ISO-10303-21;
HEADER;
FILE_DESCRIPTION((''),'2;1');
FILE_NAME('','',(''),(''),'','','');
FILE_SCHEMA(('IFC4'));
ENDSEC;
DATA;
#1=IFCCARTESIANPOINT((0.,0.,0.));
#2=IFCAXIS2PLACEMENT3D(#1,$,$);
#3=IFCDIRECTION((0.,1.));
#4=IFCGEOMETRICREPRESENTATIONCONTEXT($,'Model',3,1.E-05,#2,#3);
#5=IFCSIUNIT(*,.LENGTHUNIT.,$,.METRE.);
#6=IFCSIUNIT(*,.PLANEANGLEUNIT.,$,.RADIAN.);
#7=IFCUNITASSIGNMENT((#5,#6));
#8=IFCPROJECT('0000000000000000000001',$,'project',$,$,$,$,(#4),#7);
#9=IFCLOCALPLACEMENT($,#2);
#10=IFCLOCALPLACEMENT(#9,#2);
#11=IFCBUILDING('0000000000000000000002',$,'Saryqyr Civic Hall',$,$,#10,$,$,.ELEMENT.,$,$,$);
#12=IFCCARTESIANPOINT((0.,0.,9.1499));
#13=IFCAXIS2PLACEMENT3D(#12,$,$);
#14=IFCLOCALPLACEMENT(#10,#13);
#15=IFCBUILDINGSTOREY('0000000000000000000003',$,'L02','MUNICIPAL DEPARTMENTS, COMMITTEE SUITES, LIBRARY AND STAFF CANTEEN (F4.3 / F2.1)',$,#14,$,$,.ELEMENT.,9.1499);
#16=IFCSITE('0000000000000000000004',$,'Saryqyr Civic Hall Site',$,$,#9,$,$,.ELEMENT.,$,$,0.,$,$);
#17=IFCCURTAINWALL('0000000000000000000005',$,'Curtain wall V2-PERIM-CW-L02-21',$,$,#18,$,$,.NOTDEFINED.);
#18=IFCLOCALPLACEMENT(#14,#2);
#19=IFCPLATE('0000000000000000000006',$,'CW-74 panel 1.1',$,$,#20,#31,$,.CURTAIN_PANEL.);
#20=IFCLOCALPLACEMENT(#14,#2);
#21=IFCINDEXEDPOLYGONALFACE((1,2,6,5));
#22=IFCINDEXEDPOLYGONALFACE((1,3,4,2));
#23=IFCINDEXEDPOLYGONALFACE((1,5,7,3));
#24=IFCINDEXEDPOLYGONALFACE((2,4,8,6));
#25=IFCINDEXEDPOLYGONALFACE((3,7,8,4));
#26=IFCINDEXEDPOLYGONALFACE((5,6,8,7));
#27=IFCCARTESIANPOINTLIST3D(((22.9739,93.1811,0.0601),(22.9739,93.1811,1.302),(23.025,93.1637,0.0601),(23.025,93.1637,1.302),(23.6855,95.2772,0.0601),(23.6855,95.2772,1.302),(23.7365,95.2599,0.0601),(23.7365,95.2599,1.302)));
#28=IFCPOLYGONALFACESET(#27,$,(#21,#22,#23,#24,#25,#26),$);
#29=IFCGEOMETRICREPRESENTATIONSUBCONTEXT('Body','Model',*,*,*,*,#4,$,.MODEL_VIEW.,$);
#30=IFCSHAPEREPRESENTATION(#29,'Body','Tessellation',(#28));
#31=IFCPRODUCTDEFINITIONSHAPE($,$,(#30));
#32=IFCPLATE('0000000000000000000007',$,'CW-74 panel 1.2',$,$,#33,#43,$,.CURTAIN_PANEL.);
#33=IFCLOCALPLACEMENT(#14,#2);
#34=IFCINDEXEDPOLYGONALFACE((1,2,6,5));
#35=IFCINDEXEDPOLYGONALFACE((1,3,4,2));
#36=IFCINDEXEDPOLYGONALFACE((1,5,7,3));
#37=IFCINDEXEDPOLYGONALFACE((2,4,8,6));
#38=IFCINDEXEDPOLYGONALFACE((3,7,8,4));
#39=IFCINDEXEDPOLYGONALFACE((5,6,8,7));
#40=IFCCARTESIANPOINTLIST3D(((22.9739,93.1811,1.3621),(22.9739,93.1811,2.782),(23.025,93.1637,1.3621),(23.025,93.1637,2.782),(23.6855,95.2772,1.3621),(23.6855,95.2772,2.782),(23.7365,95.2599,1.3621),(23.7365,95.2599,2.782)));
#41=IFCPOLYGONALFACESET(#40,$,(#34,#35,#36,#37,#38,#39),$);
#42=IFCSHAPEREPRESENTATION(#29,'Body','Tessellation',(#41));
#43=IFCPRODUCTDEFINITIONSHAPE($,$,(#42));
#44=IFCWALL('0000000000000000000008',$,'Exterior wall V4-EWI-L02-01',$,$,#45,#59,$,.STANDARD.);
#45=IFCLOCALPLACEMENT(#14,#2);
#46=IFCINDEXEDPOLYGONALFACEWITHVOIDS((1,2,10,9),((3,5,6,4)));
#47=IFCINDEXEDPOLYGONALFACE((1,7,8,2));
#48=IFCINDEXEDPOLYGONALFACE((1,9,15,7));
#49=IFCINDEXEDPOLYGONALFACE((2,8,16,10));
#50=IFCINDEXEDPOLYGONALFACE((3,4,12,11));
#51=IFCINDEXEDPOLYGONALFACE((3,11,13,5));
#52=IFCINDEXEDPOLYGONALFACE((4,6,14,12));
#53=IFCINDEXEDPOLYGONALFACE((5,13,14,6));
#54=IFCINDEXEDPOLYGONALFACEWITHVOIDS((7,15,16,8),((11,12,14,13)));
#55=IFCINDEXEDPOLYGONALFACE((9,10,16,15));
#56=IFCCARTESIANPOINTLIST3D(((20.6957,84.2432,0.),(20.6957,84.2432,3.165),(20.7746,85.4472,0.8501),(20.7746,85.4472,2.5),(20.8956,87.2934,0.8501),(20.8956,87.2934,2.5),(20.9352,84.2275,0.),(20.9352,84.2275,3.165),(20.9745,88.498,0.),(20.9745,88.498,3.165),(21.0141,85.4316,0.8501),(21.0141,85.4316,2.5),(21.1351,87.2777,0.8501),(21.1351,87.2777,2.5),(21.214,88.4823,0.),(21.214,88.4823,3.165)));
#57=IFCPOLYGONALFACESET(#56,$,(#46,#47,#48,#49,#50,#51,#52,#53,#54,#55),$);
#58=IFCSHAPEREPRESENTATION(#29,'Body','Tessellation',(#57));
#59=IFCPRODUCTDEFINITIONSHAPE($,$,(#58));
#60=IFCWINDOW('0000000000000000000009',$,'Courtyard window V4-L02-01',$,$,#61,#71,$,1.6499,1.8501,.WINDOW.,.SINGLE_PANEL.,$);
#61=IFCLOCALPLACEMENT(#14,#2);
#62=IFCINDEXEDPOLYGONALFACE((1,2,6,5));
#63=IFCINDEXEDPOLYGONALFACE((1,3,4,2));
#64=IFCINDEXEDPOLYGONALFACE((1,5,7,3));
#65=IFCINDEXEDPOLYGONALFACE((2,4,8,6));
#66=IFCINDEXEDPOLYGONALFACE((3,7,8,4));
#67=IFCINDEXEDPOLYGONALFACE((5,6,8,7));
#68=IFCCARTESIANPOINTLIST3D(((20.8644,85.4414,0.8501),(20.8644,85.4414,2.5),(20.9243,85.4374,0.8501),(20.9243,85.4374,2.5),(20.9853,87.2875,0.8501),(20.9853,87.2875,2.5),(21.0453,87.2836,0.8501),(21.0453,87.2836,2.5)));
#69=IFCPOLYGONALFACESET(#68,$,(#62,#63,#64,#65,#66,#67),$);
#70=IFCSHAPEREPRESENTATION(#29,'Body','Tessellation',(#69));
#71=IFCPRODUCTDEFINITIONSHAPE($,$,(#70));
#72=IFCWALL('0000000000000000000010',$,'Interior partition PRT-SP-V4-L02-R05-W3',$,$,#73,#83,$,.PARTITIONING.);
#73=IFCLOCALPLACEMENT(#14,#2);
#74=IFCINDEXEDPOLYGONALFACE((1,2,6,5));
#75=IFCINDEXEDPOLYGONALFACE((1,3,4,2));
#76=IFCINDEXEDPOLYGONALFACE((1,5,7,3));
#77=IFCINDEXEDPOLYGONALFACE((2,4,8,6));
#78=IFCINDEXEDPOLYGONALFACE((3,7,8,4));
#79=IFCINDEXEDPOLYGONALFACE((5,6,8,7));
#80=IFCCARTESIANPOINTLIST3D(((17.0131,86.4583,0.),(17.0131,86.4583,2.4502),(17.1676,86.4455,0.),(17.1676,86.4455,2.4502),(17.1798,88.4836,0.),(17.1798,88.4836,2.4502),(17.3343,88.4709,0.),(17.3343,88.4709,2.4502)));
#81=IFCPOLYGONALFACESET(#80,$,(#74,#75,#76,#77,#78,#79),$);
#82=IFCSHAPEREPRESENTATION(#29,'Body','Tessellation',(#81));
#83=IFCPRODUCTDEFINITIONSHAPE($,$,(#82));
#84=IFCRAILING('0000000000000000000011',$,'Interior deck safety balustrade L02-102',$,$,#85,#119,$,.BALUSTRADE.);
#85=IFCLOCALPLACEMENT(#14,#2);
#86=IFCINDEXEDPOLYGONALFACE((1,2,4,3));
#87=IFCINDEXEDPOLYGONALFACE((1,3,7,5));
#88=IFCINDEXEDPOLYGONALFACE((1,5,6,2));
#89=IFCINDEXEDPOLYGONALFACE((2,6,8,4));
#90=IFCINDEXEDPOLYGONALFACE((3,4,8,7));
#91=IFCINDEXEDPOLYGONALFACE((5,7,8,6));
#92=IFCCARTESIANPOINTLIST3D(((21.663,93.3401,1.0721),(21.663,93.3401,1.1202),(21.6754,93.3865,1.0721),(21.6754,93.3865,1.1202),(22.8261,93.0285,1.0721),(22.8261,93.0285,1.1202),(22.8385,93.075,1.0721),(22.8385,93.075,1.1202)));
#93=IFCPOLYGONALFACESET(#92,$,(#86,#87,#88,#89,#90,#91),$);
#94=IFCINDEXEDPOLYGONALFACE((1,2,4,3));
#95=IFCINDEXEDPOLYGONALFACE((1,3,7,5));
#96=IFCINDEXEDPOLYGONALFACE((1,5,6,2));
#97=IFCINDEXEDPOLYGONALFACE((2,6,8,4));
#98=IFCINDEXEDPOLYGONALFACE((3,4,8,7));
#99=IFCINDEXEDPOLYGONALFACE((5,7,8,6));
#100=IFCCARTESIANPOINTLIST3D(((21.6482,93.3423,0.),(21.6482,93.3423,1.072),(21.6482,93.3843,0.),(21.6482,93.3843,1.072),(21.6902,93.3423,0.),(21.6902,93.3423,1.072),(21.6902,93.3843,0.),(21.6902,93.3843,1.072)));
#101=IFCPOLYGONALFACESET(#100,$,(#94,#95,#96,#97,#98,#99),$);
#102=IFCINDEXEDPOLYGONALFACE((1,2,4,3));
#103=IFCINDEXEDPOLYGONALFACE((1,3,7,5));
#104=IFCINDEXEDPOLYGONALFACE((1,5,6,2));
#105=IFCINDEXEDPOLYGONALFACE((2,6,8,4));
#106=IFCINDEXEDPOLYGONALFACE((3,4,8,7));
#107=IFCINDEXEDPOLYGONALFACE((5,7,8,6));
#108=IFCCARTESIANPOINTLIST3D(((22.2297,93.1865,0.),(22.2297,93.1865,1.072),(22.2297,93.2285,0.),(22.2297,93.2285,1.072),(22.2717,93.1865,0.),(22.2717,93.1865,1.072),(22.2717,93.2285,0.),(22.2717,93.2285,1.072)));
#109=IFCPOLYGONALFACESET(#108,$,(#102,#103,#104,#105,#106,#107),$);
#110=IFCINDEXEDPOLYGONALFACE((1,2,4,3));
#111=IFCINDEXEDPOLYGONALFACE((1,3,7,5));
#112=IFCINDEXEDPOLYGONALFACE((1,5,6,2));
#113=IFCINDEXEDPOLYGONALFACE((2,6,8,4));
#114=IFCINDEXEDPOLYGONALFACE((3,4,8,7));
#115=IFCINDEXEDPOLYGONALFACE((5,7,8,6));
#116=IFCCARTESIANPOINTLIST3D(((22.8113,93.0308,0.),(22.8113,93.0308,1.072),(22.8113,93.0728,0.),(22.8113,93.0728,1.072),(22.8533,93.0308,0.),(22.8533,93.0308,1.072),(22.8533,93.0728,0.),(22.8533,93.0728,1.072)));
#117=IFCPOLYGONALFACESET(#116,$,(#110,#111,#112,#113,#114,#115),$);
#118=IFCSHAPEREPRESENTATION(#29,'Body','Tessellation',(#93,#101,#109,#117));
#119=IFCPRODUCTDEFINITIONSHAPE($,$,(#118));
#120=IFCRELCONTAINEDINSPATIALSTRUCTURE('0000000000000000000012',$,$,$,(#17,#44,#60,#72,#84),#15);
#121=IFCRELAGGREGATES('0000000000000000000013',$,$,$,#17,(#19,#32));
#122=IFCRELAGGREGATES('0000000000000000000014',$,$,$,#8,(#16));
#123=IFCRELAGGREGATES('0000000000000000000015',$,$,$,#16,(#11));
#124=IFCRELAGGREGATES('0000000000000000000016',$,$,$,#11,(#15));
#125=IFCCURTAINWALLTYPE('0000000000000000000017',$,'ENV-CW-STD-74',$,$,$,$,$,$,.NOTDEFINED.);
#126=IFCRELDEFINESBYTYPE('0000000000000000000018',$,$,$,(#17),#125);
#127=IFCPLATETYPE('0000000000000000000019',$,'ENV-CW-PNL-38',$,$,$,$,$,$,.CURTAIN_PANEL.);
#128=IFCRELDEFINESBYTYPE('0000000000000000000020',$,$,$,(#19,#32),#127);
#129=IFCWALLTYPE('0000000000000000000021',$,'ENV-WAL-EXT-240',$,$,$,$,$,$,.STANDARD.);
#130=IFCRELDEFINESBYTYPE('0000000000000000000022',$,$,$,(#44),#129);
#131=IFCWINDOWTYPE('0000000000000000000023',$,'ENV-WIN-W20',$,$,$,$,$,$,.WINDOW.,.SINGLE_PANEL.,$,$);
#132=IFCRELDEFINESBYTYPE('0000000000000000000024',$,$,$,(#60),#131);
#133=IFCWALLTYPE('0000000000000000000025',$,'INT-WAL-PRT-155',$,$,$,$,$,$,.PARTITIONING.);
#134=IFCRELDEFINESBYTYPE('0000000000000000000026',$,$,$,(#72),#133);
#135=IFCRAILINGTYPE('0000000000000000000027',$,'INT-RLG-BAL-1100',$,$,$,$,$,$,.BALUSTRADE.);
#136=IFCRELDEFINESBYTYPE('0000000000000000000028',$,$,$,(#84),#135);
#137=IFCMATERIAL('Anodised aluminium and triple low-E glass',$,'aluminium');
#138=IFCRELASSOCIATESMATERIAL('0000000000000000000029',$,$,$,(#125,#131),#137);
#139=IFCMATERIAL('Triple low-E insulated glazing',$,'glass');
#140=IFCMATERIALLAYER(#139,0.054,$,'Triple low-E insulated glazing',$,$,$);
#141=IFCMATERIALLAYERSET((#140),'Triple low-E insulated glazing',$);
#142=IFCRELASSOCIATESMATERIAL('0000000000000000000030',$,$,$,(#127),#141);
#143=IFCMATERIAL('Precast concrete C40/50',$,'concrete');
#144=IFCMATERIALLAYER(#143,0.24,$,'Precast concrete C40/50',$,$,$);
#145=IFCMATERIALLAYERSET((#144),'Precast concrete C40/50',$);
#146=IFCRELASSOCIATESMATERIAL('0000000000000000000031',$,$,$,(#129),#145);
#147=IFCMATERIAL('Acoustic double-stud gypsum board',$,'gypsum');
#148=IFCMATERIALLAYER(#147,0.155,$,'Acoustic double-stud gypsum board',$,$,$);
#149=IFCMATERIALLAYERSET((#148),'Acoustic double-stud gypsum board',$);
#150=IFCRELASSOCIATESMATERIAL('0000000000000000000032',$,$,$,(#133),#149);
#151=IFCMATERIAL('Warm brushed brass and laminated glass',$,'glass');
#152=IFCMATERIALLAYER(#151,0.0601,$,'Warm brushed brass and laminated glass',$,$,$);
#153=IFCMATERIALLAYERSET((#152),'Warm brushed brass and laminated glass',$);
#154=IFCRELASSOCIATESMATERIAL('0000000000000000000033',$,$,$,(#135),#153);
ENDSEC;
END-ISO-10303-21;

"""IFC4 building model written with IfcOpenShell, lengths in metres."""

from ifc_helpers import new_model, si_unit, direction, frame, frame_2d, origin, origin_2d, place, context, subcontext, project, spatial, rectangle, extrude, material, layer, layer_set, type_object, element, fill, aggregate, save


model = new_model("IFC4")

# Units and contexts
model_context = context("Model", 3, precision=1e-05, world=origin(), true_north=direction((0.0, 1.0)))
body_context = subcontext(model_context, "Body", "Model", "MODEL_VIEW")
ifc_project = project(units=[si_unit("LENGTHUNIT", "METRE"), si_unit("PLANEANGLEUNIT", "RADIAN")], contexts=[model_context])

# Site, building, storey
site_placement = place(None, origin())
site = spatial("IfcSite", under=ifc_project, at=site_placement, Name="Saryqyr Civic Hall Site", CompositionType="ELEMENT", RefElevation=0.0)
building_placement = place(site_placement, origin())
building = spatial("IfcBuilding", under=site, at=building_placement, Name="Saryqyr Civic Hall", CompositionType="ELEMENT")
storey_placement = place(building_placement, frame((0.0, 0.0, 9.1499)))
storey = spatial("IfcBuildingStorey", under=building, at=storey_placement, Name="L02", Description="MUNICIPAL DEPARTMENTS, COMMITTEE SUITES, LIBRARY AND STAFF CANTEEN (F4.3 / F2.1)", CompositionType="ELEMENT", Elevation=9.1499)

# Shared definitions
ifc_material_1 = material(Name="Anodised aluminium and triple low-E glass", Category="aluminium")

# Curtain wall
curtain_wall_type_1 = type_object("IfcCurtainWallType", Name="ENV-CW-STD-74", PredefinedType="NOTDEFINED", material=ifc_material_1)
curtain_wall_1_placement = place(storey_placement, origin())
curtain_wall_1 = element("IfcCurtainWall", 1, at=curtain_wall_1_placement, inside=storey, type_object=curtain_wall_type_1, Name="Curtain wall V2-PERIM-CW-L02-21", PredefinedType="NOTDEFINED")

# Plates
ifc_material_2 = material(Name="Triple low-E insulated glazing", Category="glass")
ifc_layer_1 = layer(ifc_material_2, 0.054, Name="Triple low-E insulated glazing")
ifc_layer_set_1 = layer_set([ifc_layer_1], Name="Triple low-E insulated glazing")
plate_type = type_object("IfcPlateType", Name="ENV-CW-PNL-38", PredefinedType="CURTAIN_PANEL", material=ifc_layer_set_1)
plate_1_placement = place(storey_placement, frame((23.3552, 94.2205, 0.0601), z_axis=(0.0, 0.0, 1.0), x_axis=(0.321445, 0.946928, 0.0)))
plate_1 = element("IfcPlate", 2, at=plate_1_placement, type_object=plate_type, Name="CW-74 panel 1.1", PredefinedType="CURTAIN_PANEL", context=body_context, shape_type="SweptSolid", body=[
    extrude(rectangle(XDim=2.2136, YDim=0.054, at=origin_2d()), origin(), (0.0, 0.0, 1.0), 1.2419),
])
plate_2_placement = place(storey_placement, frame((23.3552, 94.2205, 1.3621), z_axis=(0.0, 0.0, 1.0), x_axis=(0.321445, 0.946928, 0.0)))
plate_2 = element("IfcPlate", 3, at=plate_2_placement, type_object=plate_type, Name="CW-74 panel 1.2", PredefinedType="CURTAIN_PANEL", context=body_context, shape_type="SweptSolid", body=[
    extrude(rectangle(XDim=2.2136, YDim=0.054, at=origin_2d()), origin(), (0.0, 0.0, 1.0), 1.4199),
])
aggregate(curtain_wall_1, [plate_1, plate_2])

# Wall, opening, window
ifc_material_3 = material(Name="Precast concrete C40/50", Category="concrete")
ifc_layer_2 = layer(ifc_material_3, 0.24, Name="Precast concrete C40/50")
ifc_layer_set_2 = layer_set([ifc_layer_2], Name="Precast concrete C40/50")
wall_type_1 = type_object("IfcWallType", Name="ENV-WAL-EXT-240", PredefinedType="STANDARD", material=ifc_layer_set_2)
wall_1_placement = place(storey_placement, frame((21.0942, 88.49, 0.0), z_axis=(0.0, 0.0, 1.0), x_axis=(-0.065387, -0.99786, 0.0)))
wall_1 = element("IfcWall", 4, at=wall_1_placement, inside=storey, type_object=wall_type_1, Name="Exterior wall V4-EWI-L02-01", PredefinedType="STANDARD", context=body_context, shape_type="SweptSolid", body=[
    extrude(rectangle(XDim=4.2639, YDim=0.24, at=frame_2d((2.1318, 0.0))), origin(), (0.0, 0.0, 1.0), 3.165),
])
opening_placement = place(wall_1_placement, frame((1.207, 0.0, 0.8501)))
opening = element("IfcOpeningElement", 5, at=opening_placement, cuts=wall_1, PredefinedType="OPENING", context=body_context, shape_type="SweptSolid", body=[
    extrude(rectangle(XDim=1.8501, YDim=1.6499, at=frame_2d((0.925, 0.825))), frame((0.0, 0.1299, 0.0), z_axis=(0.0, -1.0, 0.0), x_axis=(1.0, 0.0, 0.0)), (0.0, 0.0, 1.0), 0.26),
])
window_type = type_object("IfcWindowType", Name="ENV-WIN-W20", PartitioningType="SINGLE_PANEL", PredefinedType="WINDOW", material=ifc_material_1)
window_placement = place(opening_placement, origin())
window = element("IfcWindow", 6, at=window_placement, inside=storey, type_object=window_type, Name="Courtyard window V4-L02-01", OverallHeight=1.6499, OverallWidth=1.8501, PartitioningType="SINGLE_PANEL", PredefinedType="WINDOW", context=body_context, shape_type="SweptSolid", body=[
    extrude(rectangle(XDim=1.8501, YDim=1.6499, at=frame_2d((0.925, 0.825))), frame((0.0, 0.03, 0.0), z_axis=(0.0, -1.0, 0.0), x_axis=(1.0, 0.0, 0.0)), (0.0, 0.0, 1.0), 0.0601),
])
fill(opening, window)

# Wall
ifc_material_4 = material(Name="Acoustic double-stud gypsum board", Category="gypsum")
ifc_layer_3 = layer(ifc_material_4, 0.155, Name="Acoustic double-stud gypsum board")
ifc_layer_set_3 = layer_set([ifc_layer_3], Name="Acoustic double-stud gypsum board")
wall_type_2 = type_object("IfcWallType", Name="INT-WAL-PRT-155", PredefinedType="PARTITIONING", material=ifc_layer_set_3)
wall_2_placement = place(storey_placement, frame((17.0903, 86.4519, 0.0), z_axis=(0.0, 0.0, 1.0), x_axis=(0.082051, 0.996628, 0.0)))
element("IfcWall", 7, at=wall_2_placement, inside=storey, type_object=wall_type_2, Name="Interior partition PRT-SP-V4-L02-R05-W3", PredefinedType="PARTITIONING", context=body_context, shape_type="SweptSolid", body=[
    extrude(rectangle(XDim=2.0322, YDim=0.155, at=frame_2d((1.0161, 0.0))), origin(), (0.0, 0.0, 1.0), 2.4502),
])

# Railing
ifc_material_5 = material(Name="Warm brushed brass and laminated glass", Category="glass")
ifc_layer_4 = layer(ifc_material_5, 0.0601, Name="Warm brushed brass and laminated glass")
ifc_layer_set_4 = layer_set([ifc_layer_4], Name="Warm brushed brass and laminated glass")
railing_type = type_object("IfcRailingType", Name="INT-RLG-BAL-1100", PredefinedType="BALUSTRADE", material=ifc_layer_set_4)
railing_placement = place(storey_placement, frame((21.6692, 93.3633, 0.0)))
element("IfcRailing", 8, at=railing_placement, inside=storey, type_object=railing_type, Name="Interior deck safety balustrade L02-102", PredefinedType="BALUSTRADE", context=body_context, shape_type="SweptSolid", body=[
    extrude(rectangle(XDim=0.0481, YDim=0.0481, at=origin_2d()), frame((0.0, 0.0, 1.0962), z_axis=(0.965952, -0.258723, 0.0), x_axis=(0.258723, 0.965952, 0.0)), (0.0, 0.0, 1.0), 1.2041),
    extrude(rectangle(XDim=0.042, YDim=0.042, at=origin_2d()), origin(), (0.0, 0.0, 1.0), 1.072),
    extrude(rectangle(XDim=0.042, YDim=0.042, at=origin_2d()), frame((0.5815, -0.1558, 0.0)), (0.0, 0.0, 1.0), 1.072),
    extrude(rectangle(XDim=0.042, YDim=0.042, at=origin_2d()), frame((1.1631, -0.3115, 0.0)), (0.0, 0.0, 1.0), 1.072),
])

save(model, "model.ifc")
